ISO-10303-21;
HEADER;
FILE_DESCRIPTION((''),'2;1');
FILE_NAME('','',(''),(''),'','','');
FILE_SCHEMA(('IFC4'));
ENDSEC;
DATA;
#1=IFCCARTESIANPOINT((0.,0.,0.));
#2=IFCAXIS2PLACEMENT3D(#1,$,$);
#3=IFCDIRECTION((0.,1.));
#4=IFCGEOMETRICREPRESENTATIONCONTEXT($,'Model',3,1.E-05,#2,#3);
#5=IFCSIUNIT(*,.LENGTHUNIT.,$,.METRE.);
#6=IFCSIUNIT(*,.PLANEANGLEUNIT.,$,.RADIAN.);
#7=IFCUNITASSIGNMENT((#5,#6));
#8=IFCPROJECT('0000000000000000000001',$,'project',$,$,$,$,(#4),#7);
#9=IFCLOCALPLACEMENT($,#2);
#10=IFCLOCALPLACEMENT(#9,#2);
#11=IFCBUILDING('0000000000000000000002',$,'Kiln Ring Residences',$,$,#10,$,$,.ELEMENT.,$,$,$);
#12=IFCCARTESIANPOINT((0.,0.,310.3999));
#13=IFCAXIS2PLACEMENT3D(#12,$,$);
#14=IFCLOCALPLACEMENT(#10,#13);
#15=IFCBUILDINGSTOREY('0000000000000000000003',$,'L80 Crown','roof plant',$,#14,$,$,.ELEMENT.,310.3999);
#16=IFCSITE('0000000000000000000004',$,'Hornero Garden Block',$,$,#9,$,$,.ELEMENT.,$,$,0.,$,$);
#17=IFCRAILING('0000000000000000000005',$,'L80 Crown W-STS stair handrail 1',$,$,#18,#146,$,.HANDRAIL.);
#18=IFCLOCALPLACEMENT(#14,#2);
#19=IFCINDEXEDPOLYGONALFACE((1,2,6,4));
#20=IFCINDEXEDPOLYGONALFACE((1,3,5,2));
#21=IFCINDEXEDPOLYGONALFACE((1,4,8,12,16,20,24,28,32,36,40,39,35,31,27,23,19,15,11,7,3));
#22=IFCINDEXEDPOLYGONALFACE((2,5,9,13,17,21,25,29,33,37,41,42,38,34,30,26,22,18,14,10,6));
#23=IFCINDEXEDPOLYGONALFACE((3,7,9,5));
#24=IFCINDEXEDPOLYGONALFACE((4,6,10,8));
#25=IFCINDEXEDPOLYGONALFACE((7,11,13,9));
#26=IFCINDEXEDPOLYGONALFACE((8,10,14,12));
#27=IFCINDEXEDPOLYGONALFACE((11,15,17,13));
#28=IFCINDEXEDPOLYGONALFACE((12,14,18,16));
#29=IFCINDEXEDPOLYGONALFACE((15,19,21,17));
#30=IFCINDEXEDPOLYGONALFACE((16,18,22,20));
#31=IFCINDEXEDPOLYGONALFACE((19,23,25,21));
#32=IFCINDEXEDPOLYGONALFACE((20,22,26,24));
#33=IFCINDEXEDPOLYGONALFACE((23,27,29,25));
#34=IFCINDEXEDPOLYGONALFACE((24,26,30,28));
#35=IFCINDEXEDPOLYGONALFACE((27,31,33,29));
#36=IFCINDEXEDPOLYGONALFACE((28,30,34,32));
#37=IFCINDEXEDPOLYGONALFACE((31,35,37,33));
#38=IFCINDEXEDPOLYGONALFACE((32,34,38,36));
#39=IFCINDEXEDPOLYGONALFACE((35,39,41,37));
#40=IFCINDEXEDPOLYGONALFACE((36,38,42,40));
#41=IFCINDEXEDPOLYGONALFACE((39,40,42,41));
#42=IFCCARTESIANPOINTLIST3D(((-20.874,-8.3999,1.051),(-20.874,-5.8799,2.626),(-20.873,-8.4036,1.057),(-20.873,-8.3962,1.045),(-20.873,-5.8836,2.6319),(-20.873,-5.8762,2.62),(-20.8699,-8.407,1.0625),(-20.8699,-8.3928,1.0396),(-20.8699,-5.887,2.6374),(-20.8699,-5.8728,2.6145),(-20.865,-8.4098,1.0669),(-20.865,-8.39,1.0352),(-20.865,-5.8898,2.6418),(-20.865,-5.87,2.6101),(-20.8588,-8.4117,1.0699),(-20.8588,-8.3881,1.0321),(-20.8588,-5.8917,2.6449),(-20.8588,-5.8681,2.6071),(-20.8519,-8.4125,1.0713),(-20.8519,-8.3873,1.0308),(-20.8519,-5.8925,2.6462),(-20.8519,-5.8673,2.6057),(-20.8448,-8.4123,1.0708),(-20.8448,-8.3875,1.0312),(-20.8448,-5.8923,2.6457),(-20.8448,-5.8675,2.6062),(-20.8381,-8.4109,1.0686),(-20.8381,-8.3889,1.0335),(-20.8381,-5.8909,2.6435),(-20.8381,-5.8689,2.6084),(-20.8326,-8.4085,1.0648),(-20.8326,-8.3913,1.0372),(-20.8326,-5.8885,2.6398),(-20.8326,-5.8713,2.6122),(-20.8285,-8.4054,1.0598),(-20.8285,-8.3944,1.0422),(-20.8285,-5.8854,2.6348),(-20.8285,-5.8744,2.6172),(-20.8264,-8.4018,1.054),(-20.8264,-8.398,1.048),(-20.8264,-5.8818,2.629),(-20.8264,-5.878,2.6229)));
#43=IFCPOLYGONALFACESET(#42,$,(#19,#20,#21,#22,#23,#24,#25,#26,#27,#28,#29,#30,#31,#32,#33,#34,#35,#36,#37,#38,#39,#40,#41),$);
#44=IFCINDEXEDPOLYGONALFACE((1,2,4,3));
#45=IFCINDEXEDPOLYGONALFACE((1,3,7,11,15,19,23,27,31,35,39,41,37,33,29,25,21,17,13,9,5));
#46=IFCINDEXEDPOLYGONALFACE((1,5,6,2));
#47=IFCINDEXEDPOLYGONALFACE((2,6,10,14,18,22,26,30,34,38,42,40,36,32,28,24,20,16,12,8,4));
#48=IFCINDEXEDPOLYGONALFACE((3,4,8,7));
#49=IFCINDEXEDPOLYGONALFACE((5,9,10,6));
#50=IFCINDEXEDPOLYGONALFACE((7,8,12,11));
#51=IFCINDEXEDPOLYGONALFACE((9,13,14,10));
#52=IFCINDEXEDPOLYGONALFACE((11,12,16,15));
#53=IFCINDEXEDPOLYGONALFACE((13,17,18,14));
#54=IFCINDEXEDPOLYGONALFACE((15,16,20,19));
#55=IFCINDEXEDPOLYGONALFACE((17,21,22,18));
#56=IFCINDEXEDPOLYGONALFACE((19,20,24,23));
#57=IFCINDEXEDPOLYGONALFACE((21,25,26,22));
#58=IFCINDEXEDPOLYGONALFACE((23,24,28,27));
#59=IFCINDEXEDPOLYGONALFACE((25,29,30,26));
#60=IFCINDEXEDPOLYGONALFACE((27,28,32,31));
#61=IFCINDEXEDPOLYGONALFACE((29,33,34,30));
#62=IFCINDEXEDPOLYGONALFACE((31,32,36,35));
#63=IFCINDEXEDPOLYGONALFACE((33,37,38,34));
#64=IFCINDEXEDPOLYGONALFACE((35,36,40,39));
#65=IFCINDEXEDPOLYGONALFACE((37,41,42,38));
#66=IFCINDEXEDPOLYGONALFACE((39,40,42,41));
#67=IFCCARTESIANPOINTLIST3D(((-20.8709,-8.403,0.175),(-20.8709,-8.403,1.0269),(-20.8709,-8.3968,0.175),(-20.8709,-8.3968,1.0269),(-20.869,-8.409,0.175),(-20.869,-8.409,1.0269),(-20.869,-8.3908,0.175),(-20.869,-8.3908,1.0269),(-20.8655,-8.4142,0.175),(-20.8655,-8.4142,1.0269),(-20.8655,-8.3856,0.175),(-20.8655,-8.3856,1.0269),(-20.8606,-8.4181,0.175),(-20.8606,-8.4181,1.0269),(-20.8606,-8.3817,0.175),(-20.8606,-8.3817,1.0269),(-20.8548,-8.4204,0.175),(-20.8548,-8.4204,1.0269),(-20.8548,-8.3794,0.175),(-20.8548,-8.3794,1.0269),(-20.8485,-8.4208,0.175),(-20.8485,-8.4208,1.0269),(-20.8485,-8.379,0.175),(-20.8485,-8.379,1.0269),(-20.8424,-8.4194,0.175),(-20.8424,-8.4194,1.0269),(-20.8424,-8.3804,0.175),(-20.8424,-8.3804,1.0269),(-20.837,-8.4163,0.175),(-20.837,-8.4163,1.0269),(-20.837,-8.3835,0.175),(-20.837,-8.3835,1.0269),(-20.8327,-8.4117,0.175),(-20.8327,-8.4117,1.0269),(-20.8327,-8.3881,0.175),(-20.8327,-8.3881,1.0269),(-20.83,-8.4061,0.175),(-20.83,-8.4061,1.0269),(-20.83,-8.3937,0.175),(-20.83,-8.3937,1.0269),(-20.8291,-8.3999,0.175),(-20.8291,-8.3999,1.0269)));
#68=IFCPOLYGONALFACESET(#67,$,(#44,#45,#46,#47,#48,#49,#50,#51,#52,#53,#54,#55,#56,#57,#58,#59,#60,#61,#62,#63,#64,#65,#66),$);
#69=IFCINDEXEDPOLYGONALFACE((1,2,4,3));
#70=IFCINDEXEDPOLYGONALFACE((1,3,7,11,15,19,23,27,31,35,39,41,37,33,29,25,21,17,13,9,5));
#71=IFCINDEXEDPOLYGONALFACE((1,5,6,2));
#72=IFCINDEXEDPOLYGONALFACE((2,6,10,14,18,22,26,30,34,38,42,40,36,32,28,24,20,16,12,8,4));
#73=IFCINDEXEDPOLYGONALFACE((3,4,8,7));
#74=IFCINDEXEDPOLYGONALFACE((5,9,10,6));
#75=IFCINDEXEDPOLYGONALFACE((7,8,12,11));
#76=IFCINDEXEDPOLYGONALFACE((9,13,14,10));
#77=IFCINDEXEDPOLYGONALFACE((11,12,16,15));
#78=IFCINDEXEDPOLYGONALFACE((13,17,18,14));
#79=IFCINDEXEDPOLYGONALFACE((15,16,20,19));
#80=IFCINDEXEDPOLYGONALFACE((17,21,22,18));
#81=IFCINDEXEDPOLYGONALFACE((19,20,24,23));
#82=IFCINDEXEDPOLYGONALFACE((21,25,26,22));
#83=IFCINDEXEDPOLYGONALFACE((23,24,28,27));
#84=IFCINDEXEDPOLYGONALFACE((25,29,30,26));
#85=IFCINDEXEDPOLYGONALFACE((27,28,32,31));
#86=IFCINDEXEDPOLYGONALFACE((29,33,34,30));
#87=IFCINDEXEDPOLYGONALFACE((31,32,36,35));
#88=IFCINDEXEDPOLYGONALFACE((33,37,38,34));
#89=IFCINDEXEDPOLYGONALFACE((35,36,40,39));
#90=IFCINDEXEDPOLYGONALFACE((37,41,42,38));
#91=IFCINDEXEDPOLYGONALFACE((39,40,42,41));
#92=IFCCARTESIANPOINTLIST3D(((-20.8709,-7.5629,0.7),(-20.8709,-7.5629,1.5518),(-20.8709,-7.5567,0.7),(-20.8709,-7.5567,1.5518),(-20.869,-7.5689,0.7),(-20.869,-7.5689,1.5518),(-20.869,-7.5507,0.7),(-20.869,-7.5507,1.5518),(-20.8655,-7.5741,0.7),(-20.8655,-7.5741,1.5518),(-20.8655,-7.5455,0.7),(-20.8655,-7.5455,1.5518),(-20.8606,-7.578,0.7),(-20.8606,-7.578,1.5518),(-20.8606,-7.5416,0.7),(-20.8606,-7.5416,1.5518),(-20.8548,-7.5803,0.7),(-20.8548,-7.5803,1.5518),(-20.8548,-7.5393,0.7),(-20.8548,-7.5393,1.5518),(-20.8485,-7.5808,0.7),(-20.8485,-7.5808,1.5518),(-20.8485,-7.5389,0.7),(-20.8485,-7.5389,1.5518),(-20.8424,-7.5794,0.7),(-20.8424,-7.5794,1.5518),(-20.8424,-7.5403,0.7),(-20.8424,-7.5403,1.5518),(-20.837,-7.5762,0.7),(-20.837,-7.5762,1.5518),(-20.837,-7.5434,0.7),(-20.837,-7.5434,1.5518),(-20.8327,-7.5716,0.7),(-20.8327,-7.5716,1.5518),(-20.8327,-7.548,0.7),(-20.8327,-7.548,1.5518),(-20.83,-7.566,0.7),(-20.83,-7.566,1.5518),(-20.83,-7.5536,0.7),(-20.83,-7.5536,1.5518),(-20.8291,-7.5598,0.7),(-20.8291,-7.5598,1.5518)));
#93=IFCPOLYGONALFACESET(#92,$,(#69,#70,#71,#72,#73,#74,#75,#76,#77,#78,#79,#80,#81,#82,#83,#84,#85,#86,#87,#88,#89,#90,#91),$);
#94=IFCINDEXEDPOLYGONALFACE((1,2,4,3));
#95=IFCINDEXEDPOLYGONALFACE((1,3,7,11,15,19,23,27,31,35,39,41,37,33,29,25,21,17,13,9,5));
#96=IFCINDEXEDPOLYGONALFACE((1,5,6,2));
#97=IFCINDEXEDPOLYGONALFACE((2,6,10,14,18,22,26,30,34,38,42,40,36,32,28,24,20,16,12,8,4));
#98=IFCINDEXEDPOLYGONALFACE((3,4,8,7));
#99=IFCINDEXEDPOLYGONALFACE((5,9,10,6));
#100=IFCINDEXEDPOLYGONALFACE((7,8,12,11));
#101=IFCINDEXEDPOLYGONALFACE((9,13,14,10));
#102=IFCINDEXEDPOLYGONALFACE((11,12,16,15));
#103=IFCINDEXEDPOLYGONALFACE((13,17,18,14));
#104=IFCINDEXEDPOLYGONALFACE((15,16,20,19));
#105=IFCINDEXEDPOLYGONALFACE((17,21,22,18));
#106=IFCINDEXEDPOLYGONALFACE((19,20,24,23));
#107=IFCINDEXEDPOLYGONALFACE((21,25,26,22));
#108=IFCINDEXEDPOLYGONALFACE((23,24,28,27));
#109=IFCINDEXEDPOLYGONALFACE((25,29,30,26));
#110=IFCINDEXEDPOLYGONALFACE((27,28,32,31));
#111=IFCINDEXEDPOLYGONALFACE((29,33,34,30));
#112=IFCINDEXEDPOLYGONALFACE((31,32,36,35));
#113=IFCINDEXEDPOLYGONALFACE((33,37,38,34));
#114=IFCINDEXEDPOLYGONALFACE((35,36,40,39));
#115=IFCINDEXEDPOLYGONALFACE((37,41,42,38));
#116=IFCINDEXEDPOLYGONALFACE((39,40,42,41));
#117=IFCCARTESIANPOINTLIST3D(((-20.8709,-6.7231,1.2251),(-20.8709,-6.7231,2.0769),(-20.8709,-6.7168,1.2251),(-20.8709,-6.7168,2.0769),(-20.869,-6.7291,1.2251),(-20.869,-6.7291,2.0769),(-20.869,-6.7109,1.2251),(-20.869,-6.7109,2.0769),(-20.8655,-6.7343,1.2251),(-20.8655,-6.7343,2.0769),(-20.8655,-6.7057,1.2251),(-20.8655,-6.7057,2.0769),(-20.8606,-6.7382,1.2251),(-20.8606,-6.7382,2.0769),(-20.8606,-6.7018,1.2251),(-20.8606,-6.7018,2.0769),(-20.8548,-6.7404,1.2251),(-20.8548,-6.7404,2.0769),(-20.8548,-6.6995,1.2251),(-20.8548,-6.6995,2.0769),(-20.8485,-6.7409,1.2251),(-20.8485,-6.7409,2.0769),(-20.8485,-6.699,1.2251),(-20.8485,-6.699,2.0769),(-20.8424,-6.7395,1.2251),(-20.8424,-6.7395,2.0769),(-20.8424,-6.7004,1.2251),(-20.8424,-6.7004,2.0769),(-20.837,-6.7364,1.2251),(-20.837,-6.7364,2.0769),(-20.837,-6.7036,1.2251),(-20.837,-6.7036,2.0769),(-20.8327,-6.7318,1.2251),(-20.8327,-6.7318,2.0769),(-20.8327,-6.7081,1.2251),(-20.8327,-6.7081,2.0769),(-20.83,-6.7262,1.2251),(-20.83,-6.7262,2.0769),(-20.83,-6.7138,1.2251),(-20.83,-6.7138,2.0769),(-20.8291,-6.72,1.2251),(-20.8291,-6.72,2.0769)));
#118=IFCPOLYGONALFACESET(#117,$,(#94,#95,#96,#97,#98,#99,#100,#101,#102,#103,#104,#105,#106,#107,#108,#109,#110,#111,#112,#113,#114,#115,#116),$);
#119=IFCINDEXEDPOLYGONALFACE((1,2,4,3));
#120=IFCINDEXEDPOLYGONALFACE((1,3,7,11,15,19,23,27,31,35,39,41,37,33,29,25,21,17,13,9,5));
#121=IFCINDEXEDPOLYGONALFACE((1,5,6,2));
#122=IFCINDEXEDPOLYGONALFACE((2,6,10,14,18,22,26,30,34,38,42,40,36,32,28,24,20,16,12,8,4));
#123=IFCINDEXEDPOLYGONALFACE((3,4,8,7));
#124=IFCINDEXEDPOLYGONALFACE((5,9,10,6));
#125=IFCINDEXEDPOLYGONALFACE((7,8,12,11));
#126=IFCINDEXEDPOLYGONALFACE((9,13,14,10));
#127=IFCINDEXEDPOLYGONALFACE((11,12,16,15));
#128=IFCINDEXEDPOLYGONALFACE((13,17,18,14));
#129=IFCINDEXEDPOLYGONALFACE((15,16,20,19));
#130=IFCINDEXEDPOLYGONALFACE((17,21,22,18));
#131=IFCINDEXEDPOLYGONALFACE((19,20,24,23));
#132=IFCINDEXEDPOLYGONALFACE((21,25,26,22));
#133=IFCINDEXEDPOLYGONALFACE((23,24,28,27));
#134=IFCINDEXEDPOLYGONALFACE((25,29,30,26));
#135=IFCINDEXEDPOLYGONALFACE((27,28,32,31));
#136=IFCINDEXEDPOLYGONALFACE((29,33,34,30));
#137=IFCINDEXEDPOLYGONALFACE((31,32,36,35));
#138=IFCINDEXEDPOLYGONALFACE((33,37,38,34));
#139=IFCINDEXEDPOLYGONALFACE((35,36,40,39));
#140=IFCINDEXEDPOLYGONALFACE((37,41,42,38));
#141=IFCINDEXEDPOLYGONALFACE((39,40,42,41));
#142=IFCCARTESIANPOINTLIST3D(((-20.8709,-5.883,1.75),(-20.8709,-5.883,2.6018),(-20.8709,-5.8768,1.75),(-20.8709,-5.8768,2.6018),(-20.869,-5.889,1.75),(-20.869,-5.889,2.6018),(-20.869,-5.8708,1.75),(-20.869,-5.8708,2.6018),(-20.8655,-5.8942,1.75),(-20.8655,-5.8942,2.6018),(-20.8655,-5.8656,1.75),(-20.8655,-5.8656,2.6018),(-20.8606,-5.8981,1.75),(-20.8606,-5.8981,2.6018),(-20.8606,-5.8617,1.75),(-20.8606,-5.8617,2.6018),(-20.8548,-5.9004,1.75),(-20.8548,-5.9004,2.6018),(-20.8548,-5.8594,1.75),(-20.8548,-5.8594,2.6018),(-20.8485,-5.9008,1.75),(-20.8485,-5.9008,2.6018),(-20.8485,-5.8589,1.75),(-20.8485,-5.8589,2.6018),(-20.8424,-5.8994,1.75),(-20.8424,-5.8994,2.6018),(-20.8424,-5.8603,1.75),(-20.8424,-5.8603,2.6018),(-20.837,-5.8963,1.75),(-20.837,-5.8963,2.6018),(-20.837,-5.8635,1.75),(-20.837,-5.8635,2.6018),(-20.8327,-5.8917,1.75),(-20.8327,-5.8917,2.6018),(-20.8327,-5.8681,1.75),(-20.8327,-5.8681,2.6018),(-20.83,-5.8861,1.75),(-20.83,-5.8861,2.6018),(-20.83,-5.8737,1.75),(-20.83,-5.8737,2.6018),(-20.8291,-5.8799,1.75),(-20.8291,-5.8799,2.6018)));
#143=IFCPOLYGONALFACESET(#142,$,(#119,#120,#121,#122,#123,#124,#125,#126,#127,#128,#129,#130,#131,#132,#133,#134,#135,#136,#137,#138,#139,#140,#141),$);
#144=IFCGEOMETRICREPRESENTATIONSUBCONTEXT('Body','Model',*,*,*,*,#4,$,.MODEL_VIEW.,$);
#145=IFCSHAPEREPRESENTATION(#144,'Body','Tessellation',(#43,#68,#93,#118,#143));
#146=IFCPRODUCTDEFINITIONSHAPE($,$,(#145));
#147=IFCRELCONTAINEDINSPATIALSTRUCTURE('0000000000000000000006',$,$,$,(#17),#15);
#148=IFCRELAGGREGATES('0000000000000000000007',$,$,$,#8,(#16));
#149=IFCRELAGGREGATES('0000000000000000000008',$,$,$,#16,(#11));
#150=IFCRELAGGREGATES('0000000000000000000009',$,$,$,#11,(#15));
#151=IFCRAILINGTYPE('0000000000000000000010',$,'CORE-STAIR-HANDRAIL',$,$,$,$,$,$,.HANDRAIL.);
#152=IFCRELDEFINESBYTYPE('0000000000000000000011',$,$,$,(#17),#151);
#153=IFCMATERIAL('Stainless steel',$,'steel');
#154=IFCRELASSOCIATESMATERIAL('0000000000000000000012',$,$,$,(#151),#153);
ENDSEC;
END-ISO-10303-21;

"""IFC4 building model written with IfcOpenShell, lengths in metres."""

from ifc_helpers import new_model, si_unit, direction, frame, origin, origin_2d, place, context, subcontext, project, spatial, circle, extrude, material, type_object, element, save


model = new_model("IFC4")

# Units and contexts
model_context = context("Model", 3, precision=1e-05, world=origin(), true_north=direction((0.0, 1.0)))
body_context = subcontext(model_context, "Body", "Model", "MODEL_VIEW")
ifc_project = project(units=[si_unit("LENGTHUNIT", "METRE"), si_unit("PLANEANGLEUNIT", "RADIAN")], contexts=[model_context])

# Site, building, storey
site_placement = place(None, origin())
site = spatial("IfcSite", under=ifc_project, at=site_placement, Name="Hornero Garden Block", CompositionType="ELEMENT", RefElevation=0.0)
building_placement = place(site_placement, origin())
building = spatial("IfcBuilding", under=site, at=building_placement, Name="Kiln Ring Residences", CompositionType="ELEMENT")
storey_placement = place(building_placement, frame((0.0, 0.0, 310.3999)))
storey = spatial("IfcBuildingStorey", under=building, at=storey_placement, Name="L80 Crown", Description="roof plant", CompositionType="ELEMENT", Elevation=310.3999)

# Railing
ifc_material_1 = material(Name="Stainless steel", Category="steel")
railing_type_1 = type_object("IfcRailingType", Name="CORE-STAIR-HANDRAIL", PredefinedType="HANDRAIL", material=ifc_material_1)
railing_1_placement = place(storey_placement, frame((-20.8501, -8.3999, 0.175)))
element("IfcRailing", 1, at=railing_1_placement, inside=storey, type_object=railing_type_1, Name="L80 Crown W-STS stair handrail 1", PredefinedType="HANDRAIL", context=body_context, shape_type="SweptSolid", body=[
    extrude(circle(Radius=0.0239, at=origin_2d()), frame((0.0, 0.0, 0.876), z_axis=(0.0, 0.848008, 0.529984), x_axis=(-1.0, 0.0, 0.0)), (0.0, 0.0, 1.0), 2.9717),
    extrude(circle(Radius=0.021, at=origin_2d()), origin(), (0.0, 0.0, 1.0), 0.8518),
    extrude(circle(Radius=0.021, at=origin_2d()), frame((0.0, 0.8401, 0.5249)), (0.0, 0.0, 1.0), 0.8518),
    extrude(circle(Radius=0.021, at=origin_2d()), frame((0.0, 1.6799, 1.05)), (0.0, 0.0, 1.0), 0.8518),
    extrude(circle(Radius=0.021, at=origin_2d()), frame((0.0, 2.52, 1.575)), (0.0, 0.0, 1.0), 0.8518),
])

save(model, "model.ifc")
